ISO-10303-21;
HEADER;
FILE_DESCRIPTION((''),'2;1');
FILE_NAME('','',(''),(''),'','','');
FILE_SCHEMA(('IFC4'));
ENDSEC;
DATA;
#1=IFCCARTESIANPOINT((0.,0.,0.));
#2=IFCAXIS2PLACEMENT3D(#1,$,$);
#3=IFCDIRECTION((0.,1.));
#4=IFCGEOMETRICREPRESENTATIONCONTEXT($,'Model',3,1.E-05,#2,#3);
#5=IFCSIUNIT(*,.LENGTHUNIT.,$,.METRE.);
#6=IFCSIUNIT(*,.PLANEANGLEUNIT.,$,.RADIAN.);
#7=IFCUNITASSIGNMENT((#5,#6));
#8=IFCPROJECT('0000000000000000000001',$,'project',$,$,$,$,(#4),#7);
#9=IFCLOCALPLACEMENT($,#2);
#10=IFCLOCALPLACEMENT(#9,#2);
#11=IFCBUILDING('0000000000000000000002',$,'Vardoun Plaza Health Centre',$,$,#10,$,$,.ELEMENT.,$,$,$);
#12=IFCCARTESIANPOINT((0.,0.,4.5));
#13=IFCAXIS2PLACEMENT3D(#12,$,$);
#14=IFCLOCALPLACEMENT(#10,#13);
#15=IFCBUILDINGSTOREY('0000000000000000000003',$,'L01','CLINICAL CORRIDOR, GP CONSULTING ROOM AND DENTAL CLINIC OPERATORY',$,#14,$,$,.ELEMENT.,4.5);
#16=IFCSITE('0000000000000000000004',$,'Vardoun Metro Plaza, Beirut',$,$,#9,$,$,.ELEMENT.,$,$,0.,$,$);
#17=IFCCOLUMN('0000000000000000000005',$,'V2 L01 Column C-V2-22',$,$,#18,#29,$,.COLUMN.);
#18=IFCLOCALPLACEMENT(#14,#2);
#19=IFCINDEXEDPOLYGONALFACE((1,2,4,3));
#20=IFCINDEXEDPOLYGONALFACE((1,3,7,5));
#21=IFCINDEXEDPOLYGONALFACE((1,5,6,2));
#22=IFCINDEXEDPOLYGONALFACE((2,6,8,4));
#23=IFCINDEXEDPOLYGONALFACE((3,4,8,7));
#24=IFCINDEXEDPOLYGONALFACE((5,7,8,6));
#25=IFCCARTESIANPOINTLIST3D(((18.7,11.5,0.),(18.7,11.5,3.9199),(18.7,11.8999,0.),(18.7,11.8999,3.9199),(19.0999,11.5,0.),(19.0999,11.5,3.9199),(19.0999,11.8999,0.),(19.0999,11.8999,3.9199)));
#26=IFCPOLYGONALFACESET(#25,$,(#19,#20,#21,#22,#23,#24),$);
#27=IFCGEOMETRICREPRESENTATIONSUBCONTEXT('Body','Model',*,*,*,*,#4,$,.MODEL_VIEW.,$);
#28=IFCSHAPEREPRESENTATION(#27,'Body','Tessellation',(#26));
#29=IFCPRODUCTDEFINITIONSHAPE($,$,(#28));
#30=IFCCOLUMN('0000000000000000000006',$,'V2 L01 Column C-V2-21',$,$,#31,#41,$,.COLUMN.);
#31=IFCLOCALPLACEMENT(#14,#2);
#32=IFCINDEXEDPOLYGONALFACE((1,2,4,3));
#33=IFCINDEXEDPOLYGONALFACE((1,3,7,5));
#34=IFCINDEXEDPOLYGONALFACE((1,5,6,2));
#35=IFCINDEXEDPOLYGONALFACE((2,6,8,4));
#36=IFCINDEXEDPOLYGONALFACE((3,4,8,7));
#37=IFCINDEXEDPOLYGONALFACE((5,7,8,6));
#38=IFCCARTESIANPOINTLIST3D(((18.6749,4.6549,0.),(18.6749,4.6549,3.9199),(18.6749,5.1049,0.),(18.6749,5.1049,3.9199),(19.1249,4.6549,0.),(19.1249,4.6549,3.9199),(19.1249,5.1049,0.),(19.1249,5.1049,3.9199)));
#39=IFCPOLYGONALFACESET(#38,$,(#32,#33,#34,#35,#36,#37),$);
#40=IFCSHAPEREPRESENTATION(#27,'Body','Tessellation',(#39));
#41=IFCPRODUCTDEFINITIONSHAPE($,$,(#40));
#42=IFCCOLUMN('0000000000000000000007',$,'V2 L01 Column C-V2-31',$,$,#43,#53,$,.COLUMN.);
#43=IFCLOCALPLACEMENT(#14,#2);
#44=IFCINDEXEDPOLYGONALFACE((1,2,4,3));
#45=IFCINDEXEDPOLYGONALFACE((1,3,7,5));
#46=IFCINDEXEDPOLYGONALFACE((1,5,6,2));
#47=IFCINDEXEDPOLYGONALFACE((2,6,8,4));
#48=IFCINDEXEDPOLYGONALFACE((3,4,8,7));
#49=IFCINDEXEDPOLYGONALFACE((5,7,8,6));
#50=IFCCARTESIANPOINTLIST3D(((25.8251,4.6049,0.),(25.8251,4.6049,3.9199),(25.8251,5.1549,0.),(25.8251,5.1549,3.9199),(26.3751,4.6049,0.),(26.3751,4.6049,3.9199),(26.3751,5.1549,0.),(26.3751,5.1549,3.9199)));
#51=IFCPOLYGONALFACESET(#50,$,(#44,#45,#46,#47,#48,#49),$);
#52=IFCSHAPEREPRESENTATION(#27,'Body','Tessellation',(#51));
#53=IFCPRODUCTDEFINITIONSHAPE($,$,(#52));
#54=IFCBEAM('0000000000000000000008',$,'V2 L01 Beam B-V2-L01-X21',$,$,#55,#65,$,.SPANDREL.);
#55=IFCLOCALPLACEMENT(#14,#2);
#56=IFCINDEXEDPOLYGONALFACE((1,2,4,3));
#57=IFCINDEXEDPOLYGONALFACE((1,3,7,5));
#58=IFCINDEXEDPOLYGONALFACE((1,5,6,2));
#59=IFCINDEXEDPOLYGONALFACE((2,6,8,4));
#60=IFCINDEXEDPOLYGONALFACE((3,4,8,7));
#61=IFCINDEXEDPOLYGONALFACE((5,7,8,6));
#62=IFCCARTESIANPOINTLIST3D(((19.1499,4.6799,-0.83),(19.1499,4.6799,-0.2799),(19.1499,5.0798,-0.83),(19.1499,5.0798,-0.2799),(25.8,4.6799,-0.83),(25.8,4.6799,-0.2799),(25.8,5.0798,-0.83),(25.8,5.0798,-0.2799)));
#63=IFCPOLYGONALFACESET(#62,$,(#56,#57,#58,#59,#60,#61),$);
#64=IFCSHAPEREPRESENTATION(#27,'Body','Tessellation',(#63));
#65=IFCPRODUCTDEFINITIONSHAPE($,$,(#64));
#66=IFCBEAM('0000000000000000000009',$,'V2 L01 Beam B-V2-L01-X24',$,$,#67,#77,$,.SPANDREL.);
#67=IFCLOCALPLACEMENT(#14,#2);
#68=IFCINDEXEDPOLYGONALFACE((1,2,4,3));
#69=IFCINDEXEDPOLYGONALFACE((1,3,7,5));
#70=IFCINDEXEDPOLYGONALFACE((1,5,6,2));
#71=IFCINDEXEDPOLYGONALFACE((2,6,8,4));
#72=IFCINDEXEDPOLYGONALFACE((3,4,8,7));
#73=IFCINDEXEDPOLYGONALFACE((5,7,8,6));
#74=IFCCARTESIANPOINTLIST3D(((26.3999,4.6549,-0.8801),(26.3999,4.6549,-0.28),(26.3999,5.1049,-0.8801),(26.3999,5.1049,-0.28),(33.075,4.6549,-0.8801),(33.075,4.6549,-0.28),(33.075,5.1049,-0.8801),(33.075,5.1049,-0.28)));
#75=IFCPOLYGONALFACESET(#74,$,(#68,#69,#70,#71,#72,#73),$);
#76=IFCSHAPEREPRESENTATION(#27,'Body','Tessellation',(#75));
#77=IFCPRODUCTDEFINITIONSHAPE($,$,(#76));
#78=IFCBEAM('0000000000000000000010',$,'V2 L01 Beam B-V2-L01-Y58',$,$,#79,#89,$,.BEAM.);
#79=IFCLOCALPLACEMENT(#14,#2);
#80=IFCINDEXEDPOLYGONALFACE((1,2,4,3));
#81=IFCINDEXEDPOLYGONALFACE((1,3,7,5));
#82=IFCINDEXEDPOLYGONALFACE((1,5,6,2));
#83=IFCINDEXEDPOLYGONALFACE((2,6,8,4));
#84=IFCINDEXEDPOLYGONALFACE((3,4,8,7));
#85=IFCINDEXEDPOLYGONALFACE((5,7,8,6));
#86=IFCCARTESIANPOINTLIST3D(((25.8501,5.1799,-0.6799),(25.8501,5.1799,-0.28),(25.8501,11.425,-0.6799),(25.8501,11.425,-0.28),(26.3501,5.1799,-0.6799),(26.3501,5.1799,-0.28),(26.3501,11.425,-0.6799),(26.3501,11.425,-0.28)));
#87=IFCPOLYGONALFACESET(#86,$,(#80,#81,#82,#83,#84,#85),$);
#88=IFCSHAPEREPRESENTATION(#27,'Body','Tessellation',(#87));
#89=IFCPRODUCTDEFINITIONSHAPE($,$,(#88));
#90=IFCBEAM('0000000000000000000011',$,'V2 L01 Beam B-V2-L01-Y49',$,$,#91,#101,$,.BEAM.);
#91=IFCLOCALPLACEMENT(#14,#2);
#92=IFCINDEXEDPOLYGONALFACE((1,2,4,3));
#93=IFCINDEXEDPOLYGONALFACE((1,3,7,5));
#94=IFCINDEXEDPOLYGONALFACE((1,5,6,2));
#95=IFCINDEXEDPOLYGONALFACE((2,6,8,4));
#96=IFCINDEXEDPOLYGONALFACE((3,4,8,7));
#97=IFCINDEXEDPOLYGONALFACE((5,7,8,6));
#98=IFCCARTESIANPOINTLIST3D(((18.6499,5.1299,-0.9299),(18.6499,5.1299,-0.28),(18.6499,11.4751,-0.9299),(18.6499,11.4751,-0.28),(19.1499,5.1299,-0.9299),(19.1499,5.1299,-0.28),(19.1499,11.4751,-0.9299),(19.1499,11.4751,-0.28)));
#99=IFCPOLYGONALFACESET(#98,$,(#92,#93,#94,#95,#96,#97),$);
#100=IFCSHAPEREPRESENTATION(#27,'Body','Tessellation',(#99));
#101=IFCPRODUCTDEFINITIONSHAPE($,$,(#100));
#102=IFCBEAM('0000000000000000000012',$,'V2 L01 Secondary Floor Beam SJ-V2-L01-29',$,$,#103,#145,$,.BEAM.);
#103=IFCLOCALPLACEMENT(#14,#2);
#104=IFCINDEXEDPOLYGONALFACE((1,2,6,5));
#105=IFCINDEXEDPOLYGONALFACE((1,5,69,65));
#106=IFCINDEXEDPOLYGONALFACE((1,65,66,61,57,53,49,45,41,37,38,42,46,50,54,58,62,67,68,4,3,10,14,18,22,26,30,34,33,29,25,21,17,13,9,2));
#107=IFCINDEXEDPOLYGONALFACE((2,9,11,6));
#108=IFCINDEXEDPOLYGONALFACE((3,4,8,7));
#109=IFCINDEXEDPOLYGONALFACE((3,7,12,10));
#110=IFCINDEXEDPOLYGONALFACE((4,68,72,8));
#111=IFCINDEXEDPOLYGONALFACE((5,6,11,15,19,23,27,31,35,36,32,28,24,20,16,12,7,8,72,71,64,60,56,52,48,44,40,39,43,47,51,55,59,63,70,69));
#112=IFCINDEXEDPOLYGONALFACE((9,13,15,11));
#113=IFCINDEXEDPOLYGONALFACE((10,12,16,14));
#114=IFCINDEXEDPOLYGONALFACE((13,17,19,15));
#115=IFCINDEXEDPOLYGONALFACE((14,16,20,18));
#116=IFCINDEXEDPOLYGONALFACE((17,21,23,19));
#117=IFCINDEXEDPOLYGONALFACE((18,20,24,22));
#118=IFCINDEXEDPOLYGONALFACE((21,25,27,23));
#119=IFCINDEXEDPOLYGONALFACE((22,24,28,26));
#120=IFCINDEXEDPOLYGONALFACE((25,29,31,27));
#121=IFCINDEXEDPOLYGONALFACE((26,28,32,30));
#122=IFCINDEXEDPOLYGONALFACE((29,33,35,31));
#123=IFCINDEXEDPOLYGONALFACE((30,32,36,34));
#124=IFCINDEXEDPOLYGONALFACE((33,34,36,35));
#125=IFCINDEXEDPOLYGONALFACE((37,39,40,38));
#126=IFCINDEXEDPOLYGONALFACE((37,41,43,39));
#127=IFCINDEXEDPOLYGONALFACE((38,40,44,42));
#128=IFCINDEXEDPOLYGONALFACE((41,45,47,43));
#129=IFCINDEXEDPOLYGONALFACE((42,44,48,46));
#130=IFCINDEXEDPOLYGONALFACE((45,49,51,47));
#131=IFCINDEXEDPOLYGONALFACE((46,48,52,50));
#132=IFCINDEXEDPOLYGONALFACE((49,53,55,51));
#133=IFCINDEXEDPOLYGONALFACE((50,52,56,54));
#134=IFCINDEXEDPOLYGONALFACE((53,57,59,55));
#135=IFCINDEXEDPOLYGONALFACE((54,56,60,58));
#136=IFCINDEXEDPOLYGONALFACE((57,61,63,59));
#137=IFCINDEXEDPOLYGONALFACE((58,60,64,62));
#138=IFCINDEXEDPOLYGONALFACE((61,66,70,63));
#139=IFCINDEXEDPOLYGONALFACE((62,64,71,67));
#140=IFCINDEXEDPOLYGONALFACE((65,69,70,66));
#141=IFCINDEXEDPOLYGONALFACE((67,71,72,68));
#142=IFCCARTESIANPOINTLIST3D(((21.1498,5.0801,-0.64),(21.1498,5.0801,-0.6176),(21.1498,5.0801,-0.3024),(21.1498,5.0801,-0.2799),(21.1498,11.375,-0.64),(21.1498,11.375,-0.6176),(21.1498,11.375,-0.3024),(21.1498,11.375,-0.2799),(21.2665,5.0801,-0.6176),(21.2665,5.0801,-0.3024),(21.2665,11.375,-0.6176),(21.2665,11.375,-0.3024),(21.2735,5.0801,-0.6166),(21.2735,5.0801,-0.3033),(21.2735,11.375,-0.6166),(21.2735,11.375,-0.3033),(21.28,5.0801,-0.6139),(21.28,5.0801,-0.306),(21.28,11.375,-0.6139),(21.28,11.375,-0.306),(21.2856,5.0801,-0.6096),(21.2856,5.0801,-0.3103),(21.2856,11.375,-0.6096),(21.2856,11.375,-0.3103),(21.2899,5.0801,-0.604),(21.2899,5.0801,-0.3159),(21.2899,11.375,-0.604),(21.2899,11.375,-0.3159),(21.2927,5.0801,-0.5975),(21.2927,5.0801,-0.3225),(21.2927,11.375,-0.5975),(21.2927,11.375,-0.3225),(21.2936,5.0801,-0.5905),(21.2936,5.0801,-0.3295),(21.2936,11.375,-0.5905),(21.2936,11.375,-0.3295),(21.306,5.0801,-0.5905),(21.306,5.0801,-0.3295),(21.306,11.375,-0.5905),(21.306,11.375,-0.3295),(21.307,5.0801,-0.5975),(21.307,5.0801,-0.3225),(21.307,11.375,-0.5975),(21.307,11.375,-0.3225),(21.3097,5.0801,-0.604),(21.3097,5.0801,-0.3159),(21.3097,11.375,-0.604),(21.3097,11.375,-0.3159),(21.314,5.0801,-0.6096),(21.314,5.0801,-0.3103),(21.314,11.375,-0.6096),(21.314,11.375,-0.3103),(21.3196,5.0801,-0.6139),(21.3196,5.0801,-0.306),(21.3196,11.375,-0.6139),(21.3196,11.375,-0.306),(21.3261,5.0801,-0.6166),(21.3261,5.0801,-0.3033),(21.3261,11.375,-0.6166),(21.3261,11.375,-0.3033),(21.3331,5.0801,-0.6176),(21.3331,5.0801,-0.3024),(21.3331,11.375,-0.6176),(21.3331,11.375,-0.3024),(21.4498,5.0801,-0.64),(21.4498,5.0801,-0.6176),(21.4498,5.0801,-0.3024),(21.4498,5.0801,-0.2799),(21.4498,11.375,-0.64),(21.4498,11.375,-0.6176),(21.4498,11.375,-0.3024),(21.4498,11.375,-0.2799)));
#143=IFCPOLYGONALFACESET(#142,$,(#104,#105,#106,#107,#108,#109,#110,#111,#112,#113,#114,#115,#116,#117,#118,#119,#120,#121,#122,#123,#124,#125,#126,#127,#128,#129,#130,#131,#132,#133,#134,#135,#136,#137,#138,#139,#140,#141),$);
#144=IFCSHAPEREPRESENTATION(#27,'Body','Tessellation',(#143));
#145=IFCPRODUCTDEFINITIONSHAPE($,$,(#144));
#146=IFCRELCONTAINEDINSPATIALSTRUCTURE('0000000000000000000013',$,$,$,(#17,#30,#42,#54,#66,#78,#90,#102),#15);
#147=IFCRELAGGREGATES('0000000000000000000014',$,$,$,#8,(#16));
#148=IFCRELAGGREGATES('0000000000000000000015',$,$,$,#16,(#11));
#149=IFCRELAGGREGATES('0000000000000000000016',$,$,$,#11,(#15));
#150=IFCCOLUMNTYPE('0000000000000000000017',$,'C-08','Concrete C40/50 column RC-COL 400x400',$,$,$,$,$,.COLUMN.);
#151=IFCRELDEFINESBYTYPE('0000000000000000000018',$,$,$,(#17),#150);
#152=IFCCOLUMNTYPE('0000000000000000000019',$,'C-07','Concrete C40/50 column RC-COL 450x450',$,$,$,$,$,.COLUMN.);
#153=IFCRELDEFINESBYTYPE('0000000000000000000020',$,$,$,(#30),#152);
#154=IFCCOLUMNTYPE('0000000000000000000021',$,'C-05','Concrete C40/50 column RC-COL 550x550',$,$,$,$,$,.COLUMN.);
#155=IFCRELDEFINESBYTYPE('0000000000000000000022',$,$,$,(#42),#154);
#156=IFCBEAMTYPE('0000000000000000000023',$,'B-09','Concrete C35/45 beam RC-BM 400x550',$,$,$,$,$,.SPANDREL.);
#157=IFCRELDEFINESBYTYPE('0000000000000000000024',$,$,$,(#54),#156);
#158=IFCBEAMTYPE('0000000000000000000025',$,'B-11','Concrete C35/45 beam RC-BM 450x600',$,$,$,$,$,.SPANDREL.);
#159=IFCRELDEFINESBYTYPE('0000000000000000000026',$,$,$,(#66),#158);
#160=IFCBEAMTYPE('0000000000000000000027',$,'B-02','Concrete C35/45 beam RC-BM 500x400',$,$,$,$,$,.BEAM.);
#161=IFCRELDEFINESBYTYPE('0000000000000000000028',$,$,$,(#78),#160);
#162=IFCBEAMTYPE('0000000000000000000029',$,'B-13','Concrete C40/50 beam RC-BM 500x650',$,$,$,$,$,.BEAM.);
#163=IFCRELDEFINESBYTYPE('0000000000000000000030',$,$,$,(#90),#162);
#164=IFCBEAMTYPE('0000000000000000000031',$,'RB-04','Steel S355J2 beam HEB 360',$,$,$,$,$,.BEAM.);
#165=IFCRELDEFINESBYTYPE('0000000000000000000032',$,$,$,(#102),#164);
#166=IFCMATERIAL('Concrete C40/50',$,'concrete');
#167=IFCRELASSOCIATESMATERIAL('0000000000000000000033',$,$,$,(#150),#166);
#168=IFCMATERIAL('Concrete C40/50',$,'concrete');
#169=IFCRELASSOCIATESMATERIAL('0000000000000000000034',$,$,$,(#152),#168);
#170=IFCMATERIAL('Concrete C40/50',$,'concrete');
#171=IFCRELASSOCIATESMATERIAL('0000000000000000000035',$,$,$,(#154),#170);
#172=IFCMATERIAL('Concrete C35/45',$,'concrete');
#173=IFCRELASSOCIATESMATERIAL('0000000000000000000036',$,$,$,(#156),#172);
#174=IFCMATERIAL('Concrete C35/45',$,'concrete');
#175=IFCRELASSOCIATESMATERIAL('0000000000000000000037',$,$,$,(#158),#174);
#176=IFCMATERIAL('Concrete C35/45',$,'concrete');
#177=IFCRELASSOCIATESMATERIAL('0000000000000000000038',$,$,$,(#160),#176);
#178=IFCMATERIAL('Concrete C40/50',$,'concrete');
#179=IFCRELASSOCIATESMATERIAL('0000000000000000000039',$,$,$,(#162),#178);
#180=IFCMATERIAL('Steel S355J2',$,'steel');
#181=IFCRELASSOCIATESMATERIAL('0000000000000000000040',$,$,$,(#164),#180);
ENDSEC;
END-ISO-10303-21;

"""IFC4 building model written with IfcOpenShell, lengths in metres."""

from ifc_helpers import new_model, si_unit, direction, frame, origin, origin_2d, place, context, subcontext, project, spatial, rectangle, i_section, extrude, material, material_profile, profile_set, type_object, element, save


model = new_model("IFC4")

# Units and contexts
model_context = context("Model", 3, precision=1e-05, world=origin(), true_north=direction((0.0, 1.0)))
body_context = subcontext(model_context, "Body", "Model", "MODEL_VIEW")
ifc_project = project(units=[si_unit("LENGTHUNIT", "METRE"), si_unit("PLANEANGLEUNIT", "RADIAN")], contexts=[model_context])

# Site, building, storey
site_placement = place(None, origin())
site = spatial("IfcSite", under=ifc_project, at=site_placement, Name="Vardoun Metro Plaza, Beirut", CompositionType="ELEMENT", RefElevation=0.0)
building_placement = place(site_placement, origin())
building = spatial("IfcBuilding", under=site, at=building_placement, Name="Vardoun Plaza Health Centre", CompositionType="ELEMENT")
storey_placement = place(building_placement, frame((0.0, 0.0, 4.5)))
storey = spatial("IfcBuildingStorey", under=building, at=storey_placement, Name="L01", Description="CLINICAL CORRIDOR, GP CONSULTING ROOM AND DENTAL CLINIC OPERATORY", CompositionType="ELEMENT", Elevation=4.5)

# Columns
ifc_material_1 = material(Name="Concrete C40/50", Category="concrete")
ifc_material_profile_1 = material_profile(ifc_material_1, rectangle(XDim=0.3999, YDim=0.3999, at=origin_2d()), Name="RC-COL 400x400")
ifc_profile_set_1 = profile_set([ifc_material_profile_1], Name="Concrete C40/50")
column_type_1 = type_object("IfcColumnType", Name="C-08", Description="Concrete C40/50 column RC-COL 400x400", PredefinedType="COLUMN", material=ifc_profile_set_1)
column_1_placement = place(storey_placement, frame((18.8999, 11.7, 0.0), z_axis=(0.0, 0.0, 1.0), x_axis=(1.0, 0.0, 0.0)))
element("IfcColumn", 1, at=column_1_placement, inside=storey, type_object=column_type_1, Name="V2 L01 Column C-V2-22", PredefinedType="COLUMN", context=body_context, shape_type="SweptSolid", body=[
    extrude(rectangle(XDim=0.3999, YDim=0.3999, at=origin_2d()), origin(), (0.0, 0.0, 1.0), 3.9199),
])
ifc_material_2 = material(Name="Concrete C40/50", Category="concrete")
ifc_material_profile_2 = material_profile(ifc_material_2, rectangle(XDim=0.45, YDim=0.45, at=origin_2d()), Name="RC-COL 450x450")
ifc_profile_set_2 = profile_set([ifc_material_profile_2], Name="Concrete C40/50")
column_type_2 = type_object("IfcColumnType", Name="C-07", Description="Concrete C40/50 column RC-COL 450x450", PredefinedType="COLUMN", material=ifc_profile_set_2)
column_2_placement = place(storey_placement, frame((18.8999, 4.8799, 0.0), z_axis=(0.0, 0.0, 1.0), x_axis=(1.0, 0.0, 0.0)))
element("IfcColumn", 2, at=column_2_placement, inside=storey, type_object=column_type_2, Name="V2 L01 Column C-V2-21", PredefinedType="COLUMN", context=body_context, shape_type="SweptSolid", body=[
    extrude(rectangle(XDim=0.45, YDim=0.45, at=origin_2d()), origin(), (0.0, 0.0, 1.0), 3.9199),
])
ifc_material_3 = material(Name="Concrete C40/50", Category="concrete")
ifc_material_profile_3 = material_profile(ifc_material_3, rectangle(XDim=0.55, YDim=0.55, at=origin_2d()), Name="RC-COL 550x550")
ifc_profile_set_3 = profile_set([ifc_material_profile_3], Name="Concrete C40/50")
column_type_3 = type_object("IfcColumnType", Name="C-05", Description="Concrete C40/50 column RC-COL 550x550", PredefinedType="COLUMN", material=ifc_profile_set_3)
column_3_placement = place(storey_placement, frame((26.1001, 4.8799, 0.0), z_axis=(0.0, 0.0, 1.0), x_axis=(1.0, 0.0, 0.0)))
element("IfcColumn", 3, at=column_3_placement, inside=storey, type_object=column_type_3, Name="V2 L01 Column C-V2-31", PredefinedType="COLUMN", context=body_context, shape_type="SweptSolid", body=[
    extrude(rectangle(XDim=0.55, YDim=0.55, at=origin_2d()), origin(), (0.0, 0.0, 1.0), 3.9199),
])

# Beams
ifc_material_4 = material(Name="Concrete C35/45", Category="concrete")
ifc_material_profile_4 = material_profile(ifc_material_4, rectangle(XDim=0.3999, YDim=0.55, at=origin_2d()), Name="RC-BM 400x550")
ifc_profile_set_4 = profile_set([ifc_material_profile_4], Name="Concrete C35/45")
beam_type_1 = type_object("IfcBeamType", Name="B-09", Description="Concrete C35/45 beam RC-BM 400x550", PredefinedType="SPANDREL", material=ifc_profile_set_4)
beam_1_placement = place(storey_placement, frame((19.1499, 4.8799, -0.5549), z_axis=(1.0, 0.0, 0.0), x_axis=(0.0, 1.0, 0.0)))
element("IfcBeam", 4, at=beam_1_placement, inside=storey, type_object=beam_type_1, Name="V2 L01 Beam B-V2-L01-X21", PredefinedType="SPANDREL", context=body_context, shape_type="SweptSolid", body=[
    extrude(rectangle(XDim=0.3999, YDim=0.55, at=origin_2d()), origin(), (0.0, 0.0, 1.0), 6.6501),
])
ifc_material_5 = material(Name="Concrete C35/45", Category="concrete")
ifc_material_profile_5 = material_profile(ifc_material_5, rectangle(XDim=0.45, YDim=0.6001, at=origin_2d()), Name="RC-BM 450x600")
ifc_profile_set_5 = profile_set([ifc_material_profile_5], Name="Concrete C35/45")
beam_type_2 = type_object("IfcBeamType", Name="B-11", Description="Concrete C35/45 beam RC-BM 450x600", PredefinedType="SPANDREL", material=ifc_profile_set_5)
beam_2_placement = place(storey_placement, frame((26.3999, 4.8799, -0.5801), z_axis=(1.0, 0.0, 0.0), x_axis=(0.0, 1.0, 0.0)))
element("IfcBeam", 5, at=beam_2_placement, inside=storey, type_object=beam_type_2, Name="V2 L01 Beam B-V2-L01-X24", PredefinedType="SPANDREL", context=body_context, shape_type="SweptSolid", body=[
    extrude(rectangle(XDim=0.45, YDim=0.6001, at=origin_2d()), origin(), (0.0, 0.0, 1.0), 6.675),
])
ifc_material_6 = material(Name="Concrete C35/45", Category="concrete")
ifc_material_profile_6 = material_profile(ifc_material_6, rectangle(XDim=0.5, YDim=0.3999, at=origin_2d()), Name="RC-BM 500x400")
ifc_profile_set_6 = profile_set([ifc_material_profile_6], Name="Concrete C35/45")
beam_type_3 = type_object("IfcBeamType", Name="B-02", Description="Concrete C35/45 beam RC-BM 500x400", PredefinedType="BEAM", material=ifc_profile_set_6)
beam_3_placement = place(storey_placement, frame((26.1001, 5.1799, -0.48), z_axis=(0.0, 1.0, 0.0), x_axis=(-1.0, 0.0, 0.0)))
element("IfcBeam", 6, at=beam_3_placement, inside=storey, type_object=beam_type_3, Name="V2 L01 Beam B-V2-L01-Y58", PredefinedType="BEAM", context=body_context, shape_type="SweptSolid", body=[
    extrude(rectangle(XDim=0.5, YDim=0.3999, at=origin_2d()), origin(), (0.0, 0.0, 1.0), 6.2451),
])
ifc_material_7 = material(Name="Concrete C40/50", Category="concrete")
ifc_material_profile_7 = material_profile(ifc_material_7, rectangle(XDim=0.5, YDim=0.6499, at=origin_2d()), Name="RC-BM 500x650")
ifc_profile_set_7 = profile_set([ifc_material_profile_7], Name="Concrete C40/50")
beam_type_4 = type_object("IfcBeamType", Name="B-13", Description="Concrete C40/50 beam RC-BM 500x650", PredefinedType="BEAM", material=ifc_profile_set_7)
beam_4_placement = place(storey_placement, frame((18.8999, 5.1299, -0.605), z_axis=(0.0, 1.0, 0.0), x_axis=(-1.0, 0.0, 0.0)))
element("IfcBeam", 7, at=beam_4_placement, inside=storey, type_object=beam_type_4, Name="V2 L01 Beam B-V2-L01-Y49", PredefinedType="BEAM", context=body_context, shape_type="SweptSolid", body=[
    extrude(rectangle(XDim=0.5, YDim=0.6499, at=origin_2d()), origin(), (0.0, 0.0, 1.0), 6.3452),
])
ifc_material_8 = material(Name="Steel S355J2", Category="steel")
ifc_material_profile_8 = material_profile(ifc_material_8, i_section(OverallWidth=0.3, OverallDepth=0.3601, WebThickness=0.0125, FlangeThickness=0.0225, FilletRadius=0.0271, at=origin_2d()), Name="HEB 360")
ifc_profile_set_8 = profile_set([ifc_material_profile_8], Name="Steel S355J2")
beam_type_5 = type_object("IfcBeamType", Name="RB-04", Description="Steel S355J2 beam HEB 360", PredefinedType="BEAM", material=ifc_profile_set_8)
beam_5_placement = place(storey_placement, frame((21.2998, 5.0801, -0.46), z_axis=(0.0, 1.0, 0.0), x_axis=(-1.0, 0.0, 0.0)))
element("IfcBeam", 8, at=beam_5_placement, inside=storey, type_object=beam_type_5, Name="V2 L01 Secondary Floor Beam SJ-V2-L01-29", PredefinedType="BEAM", context=body_context, shape_type="SweptSolid", body=[
    extrude(i_section(OverallWidth=0.3, OverallDepth=0.3601, WebThickness=0.0125, FlangeThickness=0.0225, FilletRadius=0.0271, at=origin_2d()), origin(), (0.0, 0.0, 1.0), 6.2949),
])

save(model, "model.ifc")
